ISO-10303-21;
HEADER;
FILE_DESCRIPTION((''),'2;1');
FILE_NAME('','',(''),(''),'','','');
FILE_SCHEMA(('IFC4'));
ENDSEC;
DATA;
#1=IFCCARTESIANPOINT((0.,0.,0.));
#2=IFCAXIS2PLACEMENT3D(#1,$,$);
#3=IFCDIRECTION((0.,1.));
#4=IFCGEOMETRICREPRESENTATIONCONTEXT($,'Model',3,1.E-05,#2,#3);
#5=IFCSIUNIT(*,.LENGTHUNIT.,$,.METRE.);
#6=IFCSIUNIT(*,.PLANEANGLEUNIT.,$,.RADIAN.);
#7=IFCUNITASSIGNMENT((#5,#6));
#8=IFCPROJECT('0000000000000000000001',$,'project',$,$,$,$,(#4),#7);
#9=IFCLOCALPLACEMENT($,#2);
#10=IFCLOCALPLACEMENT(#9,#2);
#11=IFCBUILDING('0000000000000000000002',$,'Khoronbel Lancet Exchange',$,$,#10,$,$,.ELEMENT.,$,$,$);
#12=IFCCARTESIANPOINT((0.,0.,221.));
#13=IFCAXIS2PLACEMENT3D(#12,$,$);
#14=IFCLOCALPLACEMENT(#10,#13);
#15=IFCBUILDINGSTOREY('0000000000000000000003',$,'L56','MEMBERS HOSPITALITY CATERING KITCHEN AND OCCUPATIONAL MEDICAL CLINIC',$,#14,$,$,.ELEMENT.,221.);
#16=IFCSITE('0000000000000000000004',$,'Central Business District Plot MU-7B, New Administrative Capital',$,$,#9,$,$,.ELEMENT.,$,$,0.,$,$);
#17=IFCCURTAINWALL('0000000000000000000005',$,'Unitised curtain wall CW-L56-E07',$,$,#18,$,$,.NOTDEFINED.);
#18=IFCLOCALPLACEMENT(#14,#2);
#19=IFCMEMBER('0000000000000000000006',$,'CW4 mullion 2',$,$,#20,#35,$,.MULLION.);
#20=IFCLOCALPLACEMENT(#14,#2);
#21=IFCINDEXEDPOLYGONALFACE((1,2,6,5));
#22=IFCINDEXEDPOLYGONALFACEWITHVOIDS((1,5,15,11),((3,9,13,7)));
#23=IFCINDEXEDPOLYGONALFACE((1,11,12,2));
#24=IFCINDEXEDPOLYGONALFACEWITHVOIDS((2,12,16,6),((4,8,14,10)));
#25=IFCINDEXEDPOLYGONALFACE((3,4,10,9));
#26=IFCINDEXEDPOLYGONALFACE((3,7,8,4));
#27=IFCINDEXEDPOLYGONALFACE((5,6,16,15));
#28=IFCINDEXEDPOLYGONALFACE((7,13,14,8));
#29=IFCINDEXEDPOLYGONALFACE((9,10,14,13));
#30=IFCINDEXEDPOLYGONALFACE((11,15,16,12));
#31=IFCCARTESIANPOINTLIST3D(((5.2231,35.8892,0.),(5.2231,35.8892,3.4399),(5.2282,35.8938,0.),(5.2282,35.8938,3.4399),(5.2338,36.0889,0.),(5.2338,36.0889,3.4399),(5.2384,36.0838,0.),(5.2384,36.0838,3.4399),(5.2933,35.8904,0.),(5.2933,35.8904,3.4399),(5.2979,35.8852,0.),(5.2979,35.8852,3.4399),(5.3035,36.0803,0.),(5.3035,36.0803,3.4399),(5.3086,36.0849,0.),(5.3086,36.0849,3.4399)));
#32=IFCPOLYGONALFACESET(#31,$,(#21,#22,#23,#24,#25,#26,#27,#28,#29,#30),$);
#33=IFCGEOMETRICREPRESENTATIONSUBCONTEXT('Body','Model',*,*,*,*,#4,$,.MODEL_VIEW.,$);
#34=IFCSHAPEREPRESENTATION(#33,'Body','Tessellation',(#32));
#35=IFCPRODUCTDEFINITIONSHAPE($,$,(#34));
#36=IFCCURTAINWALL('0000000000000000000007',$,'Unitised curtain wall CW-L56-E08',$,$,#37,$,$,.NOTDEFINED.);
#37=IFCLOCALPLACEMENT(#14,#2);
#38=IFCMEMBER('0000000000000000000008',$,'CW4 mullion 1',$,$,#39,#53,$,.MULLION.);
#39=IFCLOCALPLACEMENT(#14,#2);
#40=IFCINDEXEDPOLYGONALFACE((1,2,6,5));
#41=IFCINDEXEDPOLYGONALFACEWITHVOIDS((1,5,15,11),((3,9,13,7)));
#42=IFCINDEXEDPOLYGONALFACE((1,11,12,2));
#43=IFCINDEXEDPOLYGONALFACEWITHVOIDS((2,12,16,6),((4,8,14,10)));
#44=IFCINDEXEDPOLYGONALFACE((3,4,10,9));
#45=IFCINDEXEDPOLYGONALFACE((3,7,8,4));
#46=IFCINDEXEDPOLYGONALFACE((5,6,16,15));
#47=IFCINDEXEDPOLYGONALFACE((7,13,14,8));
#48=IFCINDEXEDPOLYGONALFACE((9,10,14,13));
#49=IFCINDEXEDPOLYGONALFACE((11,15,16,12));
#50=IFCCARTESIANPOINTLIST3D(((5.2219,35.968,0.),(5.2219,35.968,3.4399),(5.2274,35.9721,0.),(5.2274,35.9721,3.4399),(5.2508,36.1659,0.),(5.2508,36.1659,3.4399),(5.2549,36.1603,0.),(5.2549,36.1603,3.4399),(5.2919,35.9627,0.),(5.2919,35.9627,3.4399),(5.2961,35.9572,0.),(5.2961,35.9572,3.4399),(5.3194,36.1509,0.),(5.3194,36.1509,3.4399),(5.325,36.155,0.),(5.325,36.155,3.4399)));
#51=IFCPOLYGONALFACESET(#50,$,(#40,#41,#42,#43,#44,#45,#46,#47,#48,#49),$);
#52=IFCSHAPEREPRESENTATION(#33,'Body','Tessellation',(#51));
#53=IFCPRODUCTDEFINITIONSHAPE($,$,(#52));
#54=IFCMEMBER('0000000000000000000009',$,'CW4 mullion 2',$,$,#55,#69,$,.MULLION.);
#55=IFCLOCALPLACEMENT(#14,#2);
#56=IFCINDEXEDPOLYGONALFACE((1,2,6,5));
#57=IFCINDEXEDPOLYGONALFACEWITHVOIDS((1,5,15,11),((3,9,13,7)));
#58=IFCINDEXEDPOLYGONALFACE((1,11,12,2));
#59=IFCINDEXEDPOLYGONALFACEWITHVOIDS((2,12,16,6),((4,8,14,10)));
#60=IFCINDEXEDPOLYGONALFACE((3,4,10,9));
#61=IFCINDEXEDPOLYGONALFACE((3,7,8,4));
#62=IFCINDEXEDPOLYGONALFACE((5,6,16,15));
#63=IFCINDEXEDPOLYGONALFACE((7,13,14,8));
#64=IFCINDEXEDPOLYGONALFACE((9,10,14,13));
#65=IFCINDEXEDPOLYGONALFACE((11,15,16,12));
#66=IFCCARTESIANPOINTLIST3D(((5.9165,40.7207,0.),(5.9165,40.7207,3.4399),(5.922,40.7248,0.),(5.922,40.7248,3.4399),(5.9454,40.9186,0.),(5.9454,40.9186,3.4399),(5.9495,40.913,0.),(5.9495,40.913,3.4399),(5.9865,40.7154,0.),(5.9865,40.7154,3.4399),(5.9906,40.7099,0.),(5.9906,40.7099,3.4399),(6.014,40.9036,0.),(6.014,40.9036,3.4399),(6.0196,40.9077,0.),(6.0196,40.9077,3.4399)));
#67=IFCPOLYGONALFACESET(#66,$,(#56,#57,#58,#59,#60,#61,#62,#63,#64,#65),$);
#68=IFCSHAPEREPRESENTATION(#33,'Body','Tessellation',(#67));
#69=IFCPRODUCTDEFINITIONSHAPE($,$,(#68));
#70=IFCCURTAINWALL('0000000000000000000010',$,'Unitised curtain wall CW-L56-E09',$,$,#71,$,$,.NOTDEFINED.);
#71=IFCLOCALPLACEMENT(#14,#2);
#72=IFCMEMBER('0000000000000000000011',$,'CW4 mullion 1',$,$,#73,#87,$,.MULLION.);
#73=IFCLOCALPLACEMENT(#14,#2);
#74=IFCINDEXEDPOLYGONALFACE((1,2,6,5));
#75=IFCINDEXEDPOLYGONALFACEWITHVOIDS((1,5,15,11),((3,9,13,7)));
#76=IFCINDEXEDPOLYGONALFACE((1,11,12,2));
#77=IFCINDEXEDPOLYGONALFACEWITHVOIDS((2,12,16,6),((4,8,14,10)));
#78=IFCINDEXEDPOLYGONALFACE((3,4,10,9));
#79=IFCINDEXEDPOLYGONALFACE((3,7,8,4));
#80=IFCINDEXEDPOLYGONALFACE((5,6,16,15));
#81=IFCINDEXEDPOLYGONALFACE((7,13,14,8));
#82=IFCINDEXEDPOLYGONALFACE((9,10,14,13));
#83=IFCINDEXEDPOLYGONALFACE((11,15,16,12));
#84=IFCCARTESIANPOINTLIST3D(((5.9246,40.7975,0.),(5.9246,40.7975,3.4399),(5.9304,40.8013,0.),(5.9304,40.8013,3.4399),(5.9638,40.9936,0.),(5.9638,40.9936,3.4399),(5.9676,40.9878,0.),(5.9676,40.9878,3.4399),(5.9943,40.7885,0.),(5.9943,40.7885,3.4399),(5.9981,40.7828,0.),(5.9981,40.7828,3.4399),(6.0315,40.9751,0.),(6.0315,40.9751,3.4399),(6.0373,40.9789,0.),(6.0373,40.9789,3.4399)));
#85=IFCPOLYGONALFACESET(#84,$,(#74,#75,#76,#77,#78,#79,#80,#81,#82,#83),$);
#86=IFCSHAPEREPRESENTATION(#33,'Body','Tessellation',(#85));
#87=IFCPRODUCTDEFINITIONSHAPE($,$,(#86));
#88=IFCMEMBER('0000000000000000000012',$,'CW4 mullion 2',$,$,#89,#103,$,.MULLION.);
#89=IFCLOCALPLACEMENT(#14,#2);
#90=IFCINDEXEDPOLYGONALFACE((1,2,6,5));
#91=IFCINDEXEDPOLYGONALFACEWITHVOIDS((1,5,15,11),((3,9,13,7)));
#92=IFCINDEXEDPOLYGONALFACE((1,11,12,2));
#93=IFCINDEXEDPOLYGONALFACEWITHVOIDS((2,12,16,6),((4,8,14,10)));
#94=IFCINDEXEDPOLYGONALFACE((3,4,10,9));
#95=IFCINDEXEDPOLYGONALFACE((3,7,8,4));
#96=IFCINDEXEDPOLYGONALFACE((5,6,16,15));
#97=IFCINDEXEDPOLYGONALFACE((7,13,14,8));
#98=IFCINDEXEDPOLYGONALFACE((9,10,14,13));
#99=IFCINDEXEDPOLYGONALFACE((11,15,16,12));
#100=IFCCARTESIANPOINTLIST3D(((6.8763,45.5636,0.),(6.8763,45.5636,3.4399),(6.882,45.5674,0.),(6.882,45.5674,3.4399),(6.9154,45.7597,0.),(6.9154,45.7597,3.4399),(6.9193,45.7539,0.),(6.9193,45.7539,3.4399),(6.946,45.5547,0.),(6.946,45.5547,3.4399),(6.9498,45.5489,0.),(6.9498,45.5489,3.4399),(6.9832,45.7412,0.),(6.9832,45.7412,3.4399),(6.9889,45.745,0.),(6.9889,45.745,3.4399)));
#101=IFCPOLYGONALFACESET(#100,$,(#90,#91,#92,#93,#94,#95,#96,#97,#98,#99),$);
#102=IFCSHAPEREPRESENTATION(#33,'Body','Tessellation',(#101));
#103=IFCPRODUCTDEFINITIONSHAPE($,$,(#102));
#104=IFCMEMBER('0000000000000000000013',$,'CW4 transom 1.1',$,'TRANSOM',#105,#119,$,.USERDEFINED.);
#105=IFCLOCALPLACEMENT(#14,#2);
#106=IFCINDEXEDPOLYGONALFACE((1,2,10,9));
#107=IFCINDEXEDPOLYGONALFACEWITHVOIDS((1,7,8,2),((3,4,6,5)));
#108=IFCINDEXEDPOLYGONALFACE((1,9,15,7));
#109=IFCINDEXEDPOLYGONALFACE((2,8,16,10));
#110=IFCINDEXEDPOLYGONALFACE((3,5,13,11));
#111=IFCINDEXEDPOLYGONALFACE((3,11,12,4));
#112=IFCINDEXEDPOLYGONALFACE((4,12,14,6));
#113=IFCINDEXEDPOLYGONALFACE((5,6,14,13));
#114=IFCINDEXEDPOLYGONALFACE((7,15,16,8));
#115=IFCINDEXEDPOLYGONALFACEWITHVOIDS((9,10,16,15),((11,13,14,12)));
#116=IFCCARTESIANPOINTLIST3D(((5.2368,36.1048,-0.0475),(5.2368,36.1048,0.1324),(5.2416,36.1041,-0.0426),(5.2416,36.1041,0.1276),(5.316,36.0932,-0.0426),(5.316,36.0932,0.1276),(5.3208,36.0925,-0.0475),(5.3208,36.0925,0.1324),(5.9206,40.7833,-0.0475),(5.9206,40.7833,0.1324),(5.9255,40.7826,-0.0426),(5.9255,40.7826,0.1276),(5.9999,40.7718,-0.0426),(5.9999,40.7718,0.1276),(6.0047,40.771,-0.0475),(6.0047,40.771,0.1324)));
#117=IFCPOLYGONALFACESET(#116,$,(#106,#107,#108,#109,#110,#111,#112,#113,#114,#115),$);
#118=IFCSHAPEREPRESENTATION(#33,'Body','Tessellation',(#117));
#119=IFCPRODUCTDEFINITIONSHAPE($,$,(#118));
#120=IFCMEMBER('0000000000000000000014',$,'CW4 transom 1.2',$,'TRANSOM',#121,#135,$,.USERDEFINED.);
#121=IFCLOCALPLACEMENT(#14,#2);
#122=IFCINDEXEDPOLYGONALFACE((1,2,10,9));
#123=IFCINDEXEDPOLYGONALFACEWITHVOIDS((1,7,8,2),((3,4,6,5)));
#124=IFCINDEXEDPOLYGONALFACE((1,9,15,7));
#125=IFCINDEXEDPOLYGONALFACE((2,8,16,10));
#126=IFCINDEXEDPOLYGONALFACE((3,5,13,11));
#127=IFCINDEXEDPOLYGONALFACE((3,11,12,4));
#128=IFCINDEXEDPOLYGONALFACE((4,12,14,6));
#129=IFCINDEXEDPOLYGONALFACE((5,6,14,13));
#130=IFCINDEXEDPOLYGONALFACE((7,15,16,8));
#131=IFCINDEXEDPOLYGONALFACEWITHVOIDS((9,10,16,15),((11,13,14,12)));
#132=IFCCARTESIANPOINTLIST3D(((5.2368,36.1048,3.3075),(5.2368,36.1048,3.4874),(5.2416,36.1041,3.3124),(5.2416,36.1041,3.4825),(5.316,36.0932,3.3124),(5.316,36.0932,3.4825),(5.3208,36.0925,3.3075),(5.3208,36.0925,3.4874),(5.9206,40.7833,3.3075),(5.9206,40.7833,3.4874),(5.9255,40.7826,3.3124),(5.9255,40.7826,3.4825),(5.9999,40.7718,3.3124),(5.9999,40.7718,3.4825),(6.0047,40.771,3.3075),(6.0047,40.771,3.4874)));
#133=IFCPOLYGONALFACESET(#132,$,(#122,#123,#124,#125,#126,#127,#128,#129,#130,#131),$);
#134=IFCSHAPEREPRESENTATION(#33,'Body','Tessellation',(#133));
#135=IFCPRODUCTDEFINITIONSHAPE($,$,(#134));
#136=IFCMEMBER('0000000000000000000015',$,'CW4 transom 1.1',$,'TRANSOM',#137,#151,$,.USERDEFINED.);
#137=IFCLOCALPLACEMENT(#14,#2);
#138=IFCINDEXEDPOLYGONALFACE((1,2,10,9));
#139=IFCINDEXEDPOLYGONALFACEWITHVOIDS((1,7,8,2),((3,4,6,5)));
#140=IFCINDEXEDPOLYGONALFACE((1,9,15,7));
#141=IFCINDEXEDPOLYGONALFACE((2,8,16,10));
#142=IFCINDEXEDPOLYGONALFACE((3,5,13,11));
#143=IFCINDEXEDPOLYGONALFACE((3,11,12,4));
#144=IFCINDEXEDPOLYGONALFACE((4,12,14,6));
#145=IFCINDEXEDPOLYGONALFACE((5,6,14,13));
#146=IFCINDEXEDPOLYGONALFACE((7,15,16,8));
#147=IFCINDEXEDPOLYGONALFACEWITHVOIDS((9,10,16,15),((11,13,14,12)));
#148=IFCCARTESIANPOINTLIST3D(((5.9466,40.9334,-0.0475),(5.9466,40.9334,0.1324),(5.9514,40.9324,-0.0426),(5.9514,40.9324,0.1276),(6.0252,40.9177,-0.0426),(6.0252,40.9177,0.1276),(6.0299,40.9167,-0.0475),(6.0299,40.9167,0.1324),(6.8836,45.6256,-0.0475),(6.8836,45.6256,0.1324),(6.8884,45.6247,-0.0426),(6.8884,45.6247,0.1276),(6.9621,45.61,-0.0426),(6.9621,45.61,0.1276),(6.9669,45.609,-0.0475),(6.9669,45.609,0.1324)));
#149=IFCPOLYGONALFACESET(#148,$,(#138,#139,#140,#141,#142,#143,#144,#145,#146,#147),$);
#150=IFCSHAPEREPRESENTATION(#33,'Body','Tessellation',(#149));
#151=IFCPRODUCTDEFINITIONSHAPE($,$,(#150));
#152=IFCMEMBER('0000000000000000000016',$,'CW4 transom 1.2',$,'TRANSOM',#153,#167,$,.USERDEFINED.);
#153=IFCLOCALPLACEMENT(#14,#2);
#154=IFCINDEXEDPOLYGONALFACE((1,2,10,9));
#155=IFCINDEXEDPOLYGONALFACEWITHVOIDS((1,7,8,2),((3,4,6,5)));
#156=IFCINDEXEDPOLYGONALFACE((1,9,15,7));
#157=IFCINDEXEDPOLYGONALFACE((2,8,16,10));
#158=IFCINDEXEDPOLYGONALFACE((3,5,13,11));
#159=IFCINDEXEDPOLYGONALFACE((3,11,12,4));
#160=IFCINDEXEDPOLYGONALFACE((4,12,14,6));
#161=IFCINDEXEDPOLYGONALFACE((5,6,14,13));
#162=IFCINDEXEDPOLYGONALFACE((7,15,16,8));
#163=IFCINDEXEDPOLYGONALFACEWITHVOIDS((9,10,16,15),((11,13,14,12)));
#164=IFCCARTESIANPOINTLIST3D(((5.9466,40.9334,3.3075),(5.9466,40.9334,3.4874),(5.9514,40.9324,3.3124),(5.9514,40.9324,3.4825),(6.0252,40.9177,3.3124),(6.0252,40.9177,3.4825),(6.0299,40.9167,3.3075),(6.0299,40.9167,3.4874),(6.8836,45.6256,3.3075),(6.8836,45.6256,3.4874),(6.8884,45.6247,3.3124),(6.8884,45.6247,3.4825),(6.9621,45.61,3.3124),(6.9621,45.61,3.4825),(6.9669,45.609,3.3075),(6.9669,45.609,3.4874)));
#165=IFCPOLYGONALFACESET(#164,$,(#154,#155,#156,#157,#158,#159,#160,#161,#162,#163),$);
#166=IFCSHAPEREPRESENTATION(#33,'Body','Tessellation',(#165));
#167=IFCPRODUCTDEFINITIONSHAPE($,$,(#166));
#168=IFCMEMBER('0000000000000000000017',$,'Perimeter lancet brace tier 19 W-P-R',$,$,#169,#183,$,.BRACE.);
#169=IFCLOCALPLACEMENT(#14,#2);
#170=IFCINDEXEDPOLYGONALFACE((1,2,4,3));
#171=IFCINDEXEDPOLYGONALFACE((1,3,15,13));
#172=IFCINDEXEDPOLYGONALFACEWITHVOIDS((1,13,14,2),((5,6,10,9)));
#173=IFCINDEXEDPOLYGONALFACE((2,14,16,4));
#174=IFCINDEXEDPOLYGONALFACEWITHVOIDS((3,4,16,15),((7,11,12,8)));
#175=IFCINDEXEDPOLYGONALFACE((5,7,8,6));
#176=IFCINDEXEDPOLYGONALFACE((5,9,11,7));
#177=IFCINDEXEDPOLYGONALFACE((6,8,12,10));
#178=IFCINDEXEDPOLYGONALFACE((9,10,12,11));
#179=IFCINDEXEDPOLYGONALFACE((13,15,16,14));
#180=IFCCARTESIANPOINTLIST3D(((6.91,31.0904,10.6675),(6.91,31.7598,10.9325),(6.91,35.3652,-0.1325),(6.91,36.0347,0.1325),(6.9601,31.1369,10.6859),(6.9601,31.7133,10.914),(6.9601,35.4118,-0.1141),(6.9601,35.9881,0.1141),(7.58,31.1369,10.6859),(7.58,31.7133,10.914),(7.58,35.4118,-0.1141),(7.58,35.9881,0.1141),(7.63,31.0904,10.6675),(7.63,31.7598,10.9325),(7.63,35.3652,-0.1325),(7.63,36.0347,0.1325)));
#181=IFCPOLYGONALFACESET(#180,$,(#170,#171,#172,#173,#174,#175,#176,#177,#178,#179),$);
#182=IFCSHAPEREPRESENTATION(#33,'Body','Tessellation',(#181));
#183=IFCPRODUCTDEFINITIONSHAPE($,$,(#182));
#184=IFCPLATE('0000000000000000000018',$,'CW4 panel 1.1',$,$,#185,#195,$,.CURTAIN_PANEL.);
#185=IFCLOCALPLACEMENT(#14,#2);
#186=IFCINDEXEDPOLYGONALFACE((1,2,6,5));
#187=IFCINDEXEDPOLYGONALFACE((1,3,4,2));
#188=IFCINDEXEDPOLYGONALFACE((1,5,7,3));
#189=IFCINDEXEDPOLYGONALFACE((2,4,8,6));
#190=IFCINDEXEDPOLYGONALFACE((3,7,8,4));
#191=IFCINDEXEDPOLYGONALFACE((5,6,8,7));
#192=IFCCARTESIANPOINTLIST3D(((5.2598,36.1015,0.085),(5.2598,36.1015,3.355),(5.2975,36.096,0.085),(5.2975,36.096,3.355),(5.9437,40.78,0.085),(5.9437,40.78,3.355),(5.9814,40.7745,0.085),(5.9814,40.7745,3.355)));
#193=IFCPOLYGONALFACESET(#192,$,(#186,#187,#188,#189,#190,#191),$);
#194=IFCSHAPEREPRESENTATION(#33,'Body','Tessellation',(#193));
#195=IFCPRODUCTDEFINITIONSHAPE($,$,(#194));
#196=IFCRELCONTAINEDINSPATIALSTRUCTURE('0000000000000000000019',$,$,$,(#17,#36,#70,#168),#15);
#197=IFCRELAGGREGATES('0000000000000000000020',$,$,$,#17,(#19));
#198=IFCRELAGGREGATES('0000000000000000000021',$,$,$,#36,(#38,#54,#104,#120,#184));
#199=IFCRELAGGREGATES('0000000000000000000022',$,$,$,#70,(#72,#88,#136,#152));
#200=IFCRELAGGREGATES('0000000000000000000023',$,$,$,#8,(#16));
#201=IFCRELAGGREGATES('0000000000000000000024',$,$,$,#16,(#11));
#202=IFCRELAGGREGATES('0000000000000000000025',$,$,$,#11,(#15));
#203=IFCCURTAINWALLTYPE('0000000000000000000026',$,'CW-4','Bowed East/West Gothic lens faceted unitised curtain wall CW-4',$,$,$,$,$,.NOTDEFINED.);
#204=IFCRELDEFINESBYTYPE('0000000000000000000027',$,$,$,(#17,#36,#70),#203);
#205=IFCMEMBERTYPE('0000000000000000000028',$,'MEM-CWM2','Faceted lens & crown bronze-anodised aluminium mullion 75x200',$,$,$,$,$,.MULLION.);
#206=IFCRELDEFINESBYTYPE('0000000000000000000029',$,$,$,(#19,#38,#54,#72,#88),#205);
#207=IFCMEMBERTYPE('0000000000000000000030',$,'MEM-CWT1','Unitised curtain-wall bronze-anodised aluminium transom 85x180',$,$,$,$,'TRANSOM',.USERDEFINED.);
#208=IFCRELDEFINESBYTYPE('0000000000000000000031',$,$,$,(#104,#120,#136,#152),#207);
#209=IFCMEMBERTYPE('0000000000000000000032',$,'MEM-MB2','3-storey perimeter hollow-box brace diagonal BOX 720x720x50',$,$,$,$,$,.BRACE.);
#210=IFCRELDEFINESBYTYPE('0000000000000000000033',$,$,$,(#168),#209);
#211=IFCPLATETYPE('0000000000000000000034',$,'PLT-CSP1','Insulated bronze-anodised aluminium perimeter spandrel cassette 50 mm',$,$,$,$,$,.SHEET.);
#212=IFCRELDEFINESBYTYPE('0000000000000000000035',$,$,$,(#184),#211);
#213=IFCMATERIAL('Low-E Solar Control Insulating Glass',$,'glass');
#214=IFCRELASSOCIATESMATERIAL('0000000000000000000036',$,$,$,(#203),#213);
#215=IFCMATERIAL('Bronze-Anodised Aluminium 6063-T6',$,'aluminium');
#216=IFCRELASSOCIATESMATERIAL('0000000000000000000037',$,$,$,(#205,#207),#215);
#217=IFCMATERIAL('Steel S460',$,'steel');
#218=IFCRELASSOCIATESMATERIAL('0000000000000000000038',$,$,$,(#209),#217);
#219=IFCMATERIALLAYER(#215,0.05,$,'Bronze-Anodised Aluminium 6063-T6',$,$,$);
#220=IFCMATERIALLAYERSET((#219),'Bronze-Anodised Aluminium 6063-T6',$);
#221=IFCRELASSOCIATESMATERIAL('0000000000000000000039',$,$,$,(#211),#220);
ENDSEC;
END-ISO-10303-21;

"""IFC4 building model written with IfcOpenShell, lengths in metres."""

from ifc_helpers import new_model, si_unit, direction, frame, origin, origin_2d, place, context, subcontext, project, spatial, rectangle, hollow_rectangle, extrude, material, layer, layer_set, material_profile, profile_set, type_object, element, aggregate, save


model = new_model("IFC4")

# Units and contexts
model_context = context("Model", 3, precision=1e-05, world=origin(), true_north=direction((0.0, 1.0)))
body_context = subcontext(model_context, "Body", "Model", "MODEL_VIEW")
ifc_project = project(units=[si_unit("LENGTHUNIT", "METRE"), si_unit("PLANEANGLEUNIT", "RADIAN")], contexts=[model_context])

# Site, building, storey
site_placement = place(None, origin())
site = spatial("IfcSite", under=ifc_project, at=site_placement, Name="Central Business District Plot MU-7B, New Administrative Capital", CompositionType="ELEMENT", RefElevation=0.0)
building_placement = place(site_placement, origin())
building = spatial("IfcBuilding", under=site, at=building_placement, Name="Khoronbel Lancet Exchange", CompositionType="ELEMENT")
storey_placement = place(building_placement, frame((0.0, 0.0, 221.0)))
storey = spatial("IfcBuildingStorey", under=building, at=storey_placement, Name="L56", Description="MEMBERS HOSPITALITY CATERING KITCHEN AND OCCUPATIONAL MEDICAL CLINIC", CompositionType="ELEMENT", Elevation=221.0)

# Curtain wall, member
ifc_material_1 = material(Name="Low-E Solar Control Insulating Glass", Category="glass")
curtain_wall_type = type_object("IfcCurtainWallType", Name="CW-4", Description="Bowed East/West Gothic lens faceted unitised curtain wall CW-4", PredefinedType="NOTDEFINED", material=ifc_material_1)
curtain_wall_1_placement = place(storey_placement, origin())
curtain_wall_1 = element("IfcCurtainWall", 1, at=curtain_wall_1_placement, inside=storey, type_object=curtain_wall_type, Name="Unitised curtain wall CW-L56-E07", PredefinedType="NOTDEFINED")
ifc_material_2 = material(Name="Bronze-Anodised Aluminium 6063-T6", Category="aluminium")
ifc_material_profile_1 = material_profile(ifc_material_2, hollow_rectangle(XDim=0.075, YDim=0.2, WallThickness=0.0049, at=origin_2d()), Name="ALU MULLION 75x200")
ifc_profile_set_1 = profile_set([ifc_material_profile_1], Name="Bronze-Anodised Aluminium 6063-T6")
member_type_1 = type_object("IfcMemberType", Name="MEM-CWM2", Description="Faceted lens & crown bronze-anodised aluminium mullion 75x200", PredefinedType="MULLION", material=ifc_profile_set_1)
member_1_placement = place(storey_placement, frame((5.2659, 35.9871, 0.0), z_axis=(0.0, 0.0, 1.0), x_axis=(-0.998571, 0.053443, 0.0)))
member_1 = element("IfcMember", 2, at=member_1_placement, type_object=member_type_1, Name="CW4 mullion 2", PredefinedType="MULLION", context=body_context, shape_type="SweptSolid", body=[
    extrude(hollow_rectangle(XDim=0.075, YDim=0.2, WallThickness=0.0049, at=origin_2d()), origin(), (0.0, 0.0, 1.0), 3.4399),
])
aggregate(curtain_wall_1, [member_1])

# Curtain walls, members
curtain_wall_2_placement = place(storey_placement, origin())
curtain_wall_2 = element("IfcCurtainWall", 3, at=curtain_wall_2_placement, inside=storey, type_object=curtain_wall_type, Name="Unitised curtain wall CW-L56-E08", PredefinedType="NOTDEFINED")
member_2_placement = place(storey_placement, frame((5.2734, 36.0615, 0.0), z_axis=(0.0, 0.0, 1.0), x_axis=(-0.989484, 0.144641, 0.0)))
member_2 = element("IfcMember", 4, at=member_2_placement, type_object=member_type_1, Name="CW4 mullion 1", PredefinedType="MULLION", context=body_context, shape_type="SweptSolid", body=[
    extrude(hollow_rectangle(XDim=0.075, YDim=0.2, WallThickness=0.0049, at=origin_2d()), origin(), (0.0, 0.0, 1.0), 3.4399),
])
member_3_placement = place(storey_placement, frame((5.968, 40.8142, 0.0), z_axis=(0.0, 0.0, 1.0), x_axis=(-0.989484, 0.144641, 0.0)))
member_3 = element("IfcMember", 5, at=member_3_placement, type_object=member_type_1, Name="CW4 mullion 2", PredefinedType="MULLION", context=body_context, shape_type="SweptSolid", body=[
    extrude(hollow_rectangle(XDim=0.075, YDim=0.2, WallThickness=0.0049, at=origin_2d()), origin(), (0.0, 0.0, 1.0), 3.4399),
])
curtain_wall_3_placement = place(storey_placement, origin())
curtain_wall_3 = element("IfcCurtainWall", 6, at=curtain_wall_3_placement, inside=storey, type_object=curtain_wall_type, Name="Unitised curtain wall CW-L56-E09", PredefinedType="NOTDEFINED")
member_4_placement = place(storey_placement, frame((5.981, 40.8882, 0.0), z_axis=(0.0, 0.0, 1.0), x_axis=(-0.980637, 0.195836, 0.0)))
member_4 = element("IfcMember", 7, at=member_4_placement, type_object=member_type_1, Name="CW4 mullion 1", PredefinedType="MULLION", context=body_context, shape_type="SweptSolid", body=[
    extrude(hollow_rectangle(XDim=0.075, YDim=0.2, WallThickness=0.0049, at=origin_2d()), origin(), (0.0, 0.0, 1.0), 3.4399),
])
member_5_placement = place(storey_placement, frame((6.9326, 45.6543, 0.0), z_axis=(0.0, 0.0, 1.0), x_axis=(-0.980637, 0.195836, 0.0)))
member_5 = element("IfcMember", 8, at=member_5_placement, type_object=member_type_1, Name="CW4 mullion 2", PredefinedType="MULLION", context=body_context, shape_type="SweptSolid", body=[
    extrude(hollow_rectangle(XDim=0.075, YDim=0.2, WallThickness=0.0049, at=origin_2d()), origin(), (0.0, 0.0, 1.0), 3.4399),
])

# Members
ifc_material_profile_2 = material_profile(ifc_material_2, hollow_rectangle(XDim=0.085, YDim=0.1799, WallThickness=0.0049, at=origin_2d()), Name="ALU TRANSOM 85x180")
ifc_profile_set_2 = profile_set([ifc_material_profile_2], Name="Bronze-Anodised Aluminium 6063-T6")
member_type_2 = type_object("IfcMemberType", Name="MEM-CWT1", Description="Unitised curtain-wall bronze-anodised aluminium transom 85x180", ElementType="TRANSOM", PredefinedType="USERDEFINED", material=ifc_profile_set_2)
member_6_placement = place(storey_placement, frame((5.2788, 36.0986, 0.0425), z_axis=(0.14463, 0.989486, 0.0), x_axis=(-0.989486, 0.14463, 0.0)))
member_6 = element("IfcMember", 9, at=member_6_placement, type_object=member_type_2, Name="CW4 transom 1.1", ObjectType="TRANSOM", PredefinedType="USERDEFINED", context=body_context, shape_type="SweptSolid", body=[
    extrude(hollow_rectangle(XDim=0.085, YDim=0.1799, WallThickness=0.0049, at=origin_2d()), origin(), (0.0, 0.0, 1.0), 4.7283),
])
member_7_placement = place(storey_placement, frame((5.2788, 36.0986, 3.3975), z_axis=(0.14463, 0.989486, 0.0), x_axis=(-0.989486, 0.14463, 0.0)))
member_7 = element("IfcMember", 10, at=member_7_placement, type_object=member_type_2, Name="CW4 transom 1.2", ObjectType="TRANSOM", PredefinedType="USERDEFINED", context=body_context, shape_type="SweptSolid", body=[
    extrude(hollow_rectangle(XDim=0.085, YDim=0.1799, WallThickness=0.0049, at=origin_2d()), origin(), (0.0, 0.0, 1.0), 4.7283),
])
member_8_placement = place(storey_placement, frame((5.9883, 40.925, 0.0425), z_axis=(0.195822, 0.98064, 0.0), x_axis=(-0.98064, 0.195822, 0.0)))
member_8 = element("IfcMember", 11, at=member_8_placement, type_object=member_type_2, Name="CW4 transom 1.1", ObjectType="TRANSOM", PredefinedType="USERDEFINED", context=body_context, shape_type="SweptSolid", body=[
    extrude(hollow_rectangle(XDim=0.085, YDim=0.1799, WallThickness=0.0049, at=origin_2d()), origin(), (0.0, 0.0, 1.0), 4.7849),
])
member_9_placement = place(storey_placement, frame((5.9883, 40.925, 3.3975), z_axis=(0.195822, 0.98064, 0.0), x_axis=(-0.98064, 0.195822, 0.0)))
member_9 = element("IfcMember", 12, at=member_9_placement, type_object=member_type_2, Name="CW4 transom 1.2", ObjectType="TRANSOM", PredefinedType="USERDEFINED", context=body_context, shape_type="SweptSolid", body=[
    extrude(hollow_rectangle(XDim=0.085, YDim=0.1799, WallThickness=0.0049, at=origin_2d()), origin(), (0.0, 0.0, 1.0), 4.7849),
])
ifc_material_3 = material(Name="Steel S460", Category="steel")
ifc_material_profile_3 = material_profile(ifc_material_3, hollow_rectangle(XDim=0.72, YDim=0.72, WallThickness=0.05, at=origin_2d()), Name="BOX 720x720x50")
ifc_profile_set_3 = profile_set([ifc_material_profile_3], Name="Steel S460")
member_type_3 = type_object("IfcMemberType", Name="MEM-MB2", Description="3-storey perimeter hollow-box brace diagonal BOX 720x720x50", PredefinedType="BRACE", material=ifc_profile_set_3)
member_10_placement = place(storey_placement, frame((7.27, 35.7, 0.0), z_axis=(0.0, -0.36804, 0.92981), x_axis=(1.0, 0.0, 0.0)))
element("IfcMember", 13, at=member_10_placement, inside=storey, type_object=member_type_3, Name="Perimeter lancet brace tier 19 W-P-R", PredefinedType="BRACE", context=body_context, shape_type="SweptSolid", body=[
    extrude(hollow_rectangle(XDim=0.72, YDim=0.72, WallThickness=0.05, at=origin_2d()), origin(), (0.0, 0.0, 1.0), 11.6152),
])

# Plate
ifc_layer_1 = layer(ifc_material_2, 0.05, Name="Bronze-Anodised Aluminium 6063-T6")
ifc_layer_set_1 = layer_set([ifc_layer_1], Name="Bronze-Anodised Aluminium 6063-T6")
plate_type_1 = type_object("IfcPlateType", Name="PLT-CSP1", Description="Insulated bronze-anodised aluminium perimeter spandrel cassette 50 mm", PredefinedType="SHEET", material=ifc_layer_set_1)
plate_1_placement = place(storey_placement, frame((5.6206, 38.438, 0.085), z_axis=(0.0, 0.0, 1.0), x_axis=(0.144641, 0.989484, 0.0)))
plate_1 = element("IfcPlate", 14, at=plate_1_placement, type_object=plate_type_1, Name="CW4 panel 1.1", PredefinedType="CURTAIN_PANEL", context=body_context, shape_type="SweptSolid", body=[
    extrude(rectangle(XDim=4.7283, YDim=0.0381, at=origin_2d()), origin(), (0.0, 0.0, 1.0), 3.27),
])
aggregate(curtain_wall_2, [member_2, member_3, member_6, member_7, plate_1])
aggregate(curtain_wall_3, [member_4, member_5, member_8, member_9])

save(model, "model.ifc")
